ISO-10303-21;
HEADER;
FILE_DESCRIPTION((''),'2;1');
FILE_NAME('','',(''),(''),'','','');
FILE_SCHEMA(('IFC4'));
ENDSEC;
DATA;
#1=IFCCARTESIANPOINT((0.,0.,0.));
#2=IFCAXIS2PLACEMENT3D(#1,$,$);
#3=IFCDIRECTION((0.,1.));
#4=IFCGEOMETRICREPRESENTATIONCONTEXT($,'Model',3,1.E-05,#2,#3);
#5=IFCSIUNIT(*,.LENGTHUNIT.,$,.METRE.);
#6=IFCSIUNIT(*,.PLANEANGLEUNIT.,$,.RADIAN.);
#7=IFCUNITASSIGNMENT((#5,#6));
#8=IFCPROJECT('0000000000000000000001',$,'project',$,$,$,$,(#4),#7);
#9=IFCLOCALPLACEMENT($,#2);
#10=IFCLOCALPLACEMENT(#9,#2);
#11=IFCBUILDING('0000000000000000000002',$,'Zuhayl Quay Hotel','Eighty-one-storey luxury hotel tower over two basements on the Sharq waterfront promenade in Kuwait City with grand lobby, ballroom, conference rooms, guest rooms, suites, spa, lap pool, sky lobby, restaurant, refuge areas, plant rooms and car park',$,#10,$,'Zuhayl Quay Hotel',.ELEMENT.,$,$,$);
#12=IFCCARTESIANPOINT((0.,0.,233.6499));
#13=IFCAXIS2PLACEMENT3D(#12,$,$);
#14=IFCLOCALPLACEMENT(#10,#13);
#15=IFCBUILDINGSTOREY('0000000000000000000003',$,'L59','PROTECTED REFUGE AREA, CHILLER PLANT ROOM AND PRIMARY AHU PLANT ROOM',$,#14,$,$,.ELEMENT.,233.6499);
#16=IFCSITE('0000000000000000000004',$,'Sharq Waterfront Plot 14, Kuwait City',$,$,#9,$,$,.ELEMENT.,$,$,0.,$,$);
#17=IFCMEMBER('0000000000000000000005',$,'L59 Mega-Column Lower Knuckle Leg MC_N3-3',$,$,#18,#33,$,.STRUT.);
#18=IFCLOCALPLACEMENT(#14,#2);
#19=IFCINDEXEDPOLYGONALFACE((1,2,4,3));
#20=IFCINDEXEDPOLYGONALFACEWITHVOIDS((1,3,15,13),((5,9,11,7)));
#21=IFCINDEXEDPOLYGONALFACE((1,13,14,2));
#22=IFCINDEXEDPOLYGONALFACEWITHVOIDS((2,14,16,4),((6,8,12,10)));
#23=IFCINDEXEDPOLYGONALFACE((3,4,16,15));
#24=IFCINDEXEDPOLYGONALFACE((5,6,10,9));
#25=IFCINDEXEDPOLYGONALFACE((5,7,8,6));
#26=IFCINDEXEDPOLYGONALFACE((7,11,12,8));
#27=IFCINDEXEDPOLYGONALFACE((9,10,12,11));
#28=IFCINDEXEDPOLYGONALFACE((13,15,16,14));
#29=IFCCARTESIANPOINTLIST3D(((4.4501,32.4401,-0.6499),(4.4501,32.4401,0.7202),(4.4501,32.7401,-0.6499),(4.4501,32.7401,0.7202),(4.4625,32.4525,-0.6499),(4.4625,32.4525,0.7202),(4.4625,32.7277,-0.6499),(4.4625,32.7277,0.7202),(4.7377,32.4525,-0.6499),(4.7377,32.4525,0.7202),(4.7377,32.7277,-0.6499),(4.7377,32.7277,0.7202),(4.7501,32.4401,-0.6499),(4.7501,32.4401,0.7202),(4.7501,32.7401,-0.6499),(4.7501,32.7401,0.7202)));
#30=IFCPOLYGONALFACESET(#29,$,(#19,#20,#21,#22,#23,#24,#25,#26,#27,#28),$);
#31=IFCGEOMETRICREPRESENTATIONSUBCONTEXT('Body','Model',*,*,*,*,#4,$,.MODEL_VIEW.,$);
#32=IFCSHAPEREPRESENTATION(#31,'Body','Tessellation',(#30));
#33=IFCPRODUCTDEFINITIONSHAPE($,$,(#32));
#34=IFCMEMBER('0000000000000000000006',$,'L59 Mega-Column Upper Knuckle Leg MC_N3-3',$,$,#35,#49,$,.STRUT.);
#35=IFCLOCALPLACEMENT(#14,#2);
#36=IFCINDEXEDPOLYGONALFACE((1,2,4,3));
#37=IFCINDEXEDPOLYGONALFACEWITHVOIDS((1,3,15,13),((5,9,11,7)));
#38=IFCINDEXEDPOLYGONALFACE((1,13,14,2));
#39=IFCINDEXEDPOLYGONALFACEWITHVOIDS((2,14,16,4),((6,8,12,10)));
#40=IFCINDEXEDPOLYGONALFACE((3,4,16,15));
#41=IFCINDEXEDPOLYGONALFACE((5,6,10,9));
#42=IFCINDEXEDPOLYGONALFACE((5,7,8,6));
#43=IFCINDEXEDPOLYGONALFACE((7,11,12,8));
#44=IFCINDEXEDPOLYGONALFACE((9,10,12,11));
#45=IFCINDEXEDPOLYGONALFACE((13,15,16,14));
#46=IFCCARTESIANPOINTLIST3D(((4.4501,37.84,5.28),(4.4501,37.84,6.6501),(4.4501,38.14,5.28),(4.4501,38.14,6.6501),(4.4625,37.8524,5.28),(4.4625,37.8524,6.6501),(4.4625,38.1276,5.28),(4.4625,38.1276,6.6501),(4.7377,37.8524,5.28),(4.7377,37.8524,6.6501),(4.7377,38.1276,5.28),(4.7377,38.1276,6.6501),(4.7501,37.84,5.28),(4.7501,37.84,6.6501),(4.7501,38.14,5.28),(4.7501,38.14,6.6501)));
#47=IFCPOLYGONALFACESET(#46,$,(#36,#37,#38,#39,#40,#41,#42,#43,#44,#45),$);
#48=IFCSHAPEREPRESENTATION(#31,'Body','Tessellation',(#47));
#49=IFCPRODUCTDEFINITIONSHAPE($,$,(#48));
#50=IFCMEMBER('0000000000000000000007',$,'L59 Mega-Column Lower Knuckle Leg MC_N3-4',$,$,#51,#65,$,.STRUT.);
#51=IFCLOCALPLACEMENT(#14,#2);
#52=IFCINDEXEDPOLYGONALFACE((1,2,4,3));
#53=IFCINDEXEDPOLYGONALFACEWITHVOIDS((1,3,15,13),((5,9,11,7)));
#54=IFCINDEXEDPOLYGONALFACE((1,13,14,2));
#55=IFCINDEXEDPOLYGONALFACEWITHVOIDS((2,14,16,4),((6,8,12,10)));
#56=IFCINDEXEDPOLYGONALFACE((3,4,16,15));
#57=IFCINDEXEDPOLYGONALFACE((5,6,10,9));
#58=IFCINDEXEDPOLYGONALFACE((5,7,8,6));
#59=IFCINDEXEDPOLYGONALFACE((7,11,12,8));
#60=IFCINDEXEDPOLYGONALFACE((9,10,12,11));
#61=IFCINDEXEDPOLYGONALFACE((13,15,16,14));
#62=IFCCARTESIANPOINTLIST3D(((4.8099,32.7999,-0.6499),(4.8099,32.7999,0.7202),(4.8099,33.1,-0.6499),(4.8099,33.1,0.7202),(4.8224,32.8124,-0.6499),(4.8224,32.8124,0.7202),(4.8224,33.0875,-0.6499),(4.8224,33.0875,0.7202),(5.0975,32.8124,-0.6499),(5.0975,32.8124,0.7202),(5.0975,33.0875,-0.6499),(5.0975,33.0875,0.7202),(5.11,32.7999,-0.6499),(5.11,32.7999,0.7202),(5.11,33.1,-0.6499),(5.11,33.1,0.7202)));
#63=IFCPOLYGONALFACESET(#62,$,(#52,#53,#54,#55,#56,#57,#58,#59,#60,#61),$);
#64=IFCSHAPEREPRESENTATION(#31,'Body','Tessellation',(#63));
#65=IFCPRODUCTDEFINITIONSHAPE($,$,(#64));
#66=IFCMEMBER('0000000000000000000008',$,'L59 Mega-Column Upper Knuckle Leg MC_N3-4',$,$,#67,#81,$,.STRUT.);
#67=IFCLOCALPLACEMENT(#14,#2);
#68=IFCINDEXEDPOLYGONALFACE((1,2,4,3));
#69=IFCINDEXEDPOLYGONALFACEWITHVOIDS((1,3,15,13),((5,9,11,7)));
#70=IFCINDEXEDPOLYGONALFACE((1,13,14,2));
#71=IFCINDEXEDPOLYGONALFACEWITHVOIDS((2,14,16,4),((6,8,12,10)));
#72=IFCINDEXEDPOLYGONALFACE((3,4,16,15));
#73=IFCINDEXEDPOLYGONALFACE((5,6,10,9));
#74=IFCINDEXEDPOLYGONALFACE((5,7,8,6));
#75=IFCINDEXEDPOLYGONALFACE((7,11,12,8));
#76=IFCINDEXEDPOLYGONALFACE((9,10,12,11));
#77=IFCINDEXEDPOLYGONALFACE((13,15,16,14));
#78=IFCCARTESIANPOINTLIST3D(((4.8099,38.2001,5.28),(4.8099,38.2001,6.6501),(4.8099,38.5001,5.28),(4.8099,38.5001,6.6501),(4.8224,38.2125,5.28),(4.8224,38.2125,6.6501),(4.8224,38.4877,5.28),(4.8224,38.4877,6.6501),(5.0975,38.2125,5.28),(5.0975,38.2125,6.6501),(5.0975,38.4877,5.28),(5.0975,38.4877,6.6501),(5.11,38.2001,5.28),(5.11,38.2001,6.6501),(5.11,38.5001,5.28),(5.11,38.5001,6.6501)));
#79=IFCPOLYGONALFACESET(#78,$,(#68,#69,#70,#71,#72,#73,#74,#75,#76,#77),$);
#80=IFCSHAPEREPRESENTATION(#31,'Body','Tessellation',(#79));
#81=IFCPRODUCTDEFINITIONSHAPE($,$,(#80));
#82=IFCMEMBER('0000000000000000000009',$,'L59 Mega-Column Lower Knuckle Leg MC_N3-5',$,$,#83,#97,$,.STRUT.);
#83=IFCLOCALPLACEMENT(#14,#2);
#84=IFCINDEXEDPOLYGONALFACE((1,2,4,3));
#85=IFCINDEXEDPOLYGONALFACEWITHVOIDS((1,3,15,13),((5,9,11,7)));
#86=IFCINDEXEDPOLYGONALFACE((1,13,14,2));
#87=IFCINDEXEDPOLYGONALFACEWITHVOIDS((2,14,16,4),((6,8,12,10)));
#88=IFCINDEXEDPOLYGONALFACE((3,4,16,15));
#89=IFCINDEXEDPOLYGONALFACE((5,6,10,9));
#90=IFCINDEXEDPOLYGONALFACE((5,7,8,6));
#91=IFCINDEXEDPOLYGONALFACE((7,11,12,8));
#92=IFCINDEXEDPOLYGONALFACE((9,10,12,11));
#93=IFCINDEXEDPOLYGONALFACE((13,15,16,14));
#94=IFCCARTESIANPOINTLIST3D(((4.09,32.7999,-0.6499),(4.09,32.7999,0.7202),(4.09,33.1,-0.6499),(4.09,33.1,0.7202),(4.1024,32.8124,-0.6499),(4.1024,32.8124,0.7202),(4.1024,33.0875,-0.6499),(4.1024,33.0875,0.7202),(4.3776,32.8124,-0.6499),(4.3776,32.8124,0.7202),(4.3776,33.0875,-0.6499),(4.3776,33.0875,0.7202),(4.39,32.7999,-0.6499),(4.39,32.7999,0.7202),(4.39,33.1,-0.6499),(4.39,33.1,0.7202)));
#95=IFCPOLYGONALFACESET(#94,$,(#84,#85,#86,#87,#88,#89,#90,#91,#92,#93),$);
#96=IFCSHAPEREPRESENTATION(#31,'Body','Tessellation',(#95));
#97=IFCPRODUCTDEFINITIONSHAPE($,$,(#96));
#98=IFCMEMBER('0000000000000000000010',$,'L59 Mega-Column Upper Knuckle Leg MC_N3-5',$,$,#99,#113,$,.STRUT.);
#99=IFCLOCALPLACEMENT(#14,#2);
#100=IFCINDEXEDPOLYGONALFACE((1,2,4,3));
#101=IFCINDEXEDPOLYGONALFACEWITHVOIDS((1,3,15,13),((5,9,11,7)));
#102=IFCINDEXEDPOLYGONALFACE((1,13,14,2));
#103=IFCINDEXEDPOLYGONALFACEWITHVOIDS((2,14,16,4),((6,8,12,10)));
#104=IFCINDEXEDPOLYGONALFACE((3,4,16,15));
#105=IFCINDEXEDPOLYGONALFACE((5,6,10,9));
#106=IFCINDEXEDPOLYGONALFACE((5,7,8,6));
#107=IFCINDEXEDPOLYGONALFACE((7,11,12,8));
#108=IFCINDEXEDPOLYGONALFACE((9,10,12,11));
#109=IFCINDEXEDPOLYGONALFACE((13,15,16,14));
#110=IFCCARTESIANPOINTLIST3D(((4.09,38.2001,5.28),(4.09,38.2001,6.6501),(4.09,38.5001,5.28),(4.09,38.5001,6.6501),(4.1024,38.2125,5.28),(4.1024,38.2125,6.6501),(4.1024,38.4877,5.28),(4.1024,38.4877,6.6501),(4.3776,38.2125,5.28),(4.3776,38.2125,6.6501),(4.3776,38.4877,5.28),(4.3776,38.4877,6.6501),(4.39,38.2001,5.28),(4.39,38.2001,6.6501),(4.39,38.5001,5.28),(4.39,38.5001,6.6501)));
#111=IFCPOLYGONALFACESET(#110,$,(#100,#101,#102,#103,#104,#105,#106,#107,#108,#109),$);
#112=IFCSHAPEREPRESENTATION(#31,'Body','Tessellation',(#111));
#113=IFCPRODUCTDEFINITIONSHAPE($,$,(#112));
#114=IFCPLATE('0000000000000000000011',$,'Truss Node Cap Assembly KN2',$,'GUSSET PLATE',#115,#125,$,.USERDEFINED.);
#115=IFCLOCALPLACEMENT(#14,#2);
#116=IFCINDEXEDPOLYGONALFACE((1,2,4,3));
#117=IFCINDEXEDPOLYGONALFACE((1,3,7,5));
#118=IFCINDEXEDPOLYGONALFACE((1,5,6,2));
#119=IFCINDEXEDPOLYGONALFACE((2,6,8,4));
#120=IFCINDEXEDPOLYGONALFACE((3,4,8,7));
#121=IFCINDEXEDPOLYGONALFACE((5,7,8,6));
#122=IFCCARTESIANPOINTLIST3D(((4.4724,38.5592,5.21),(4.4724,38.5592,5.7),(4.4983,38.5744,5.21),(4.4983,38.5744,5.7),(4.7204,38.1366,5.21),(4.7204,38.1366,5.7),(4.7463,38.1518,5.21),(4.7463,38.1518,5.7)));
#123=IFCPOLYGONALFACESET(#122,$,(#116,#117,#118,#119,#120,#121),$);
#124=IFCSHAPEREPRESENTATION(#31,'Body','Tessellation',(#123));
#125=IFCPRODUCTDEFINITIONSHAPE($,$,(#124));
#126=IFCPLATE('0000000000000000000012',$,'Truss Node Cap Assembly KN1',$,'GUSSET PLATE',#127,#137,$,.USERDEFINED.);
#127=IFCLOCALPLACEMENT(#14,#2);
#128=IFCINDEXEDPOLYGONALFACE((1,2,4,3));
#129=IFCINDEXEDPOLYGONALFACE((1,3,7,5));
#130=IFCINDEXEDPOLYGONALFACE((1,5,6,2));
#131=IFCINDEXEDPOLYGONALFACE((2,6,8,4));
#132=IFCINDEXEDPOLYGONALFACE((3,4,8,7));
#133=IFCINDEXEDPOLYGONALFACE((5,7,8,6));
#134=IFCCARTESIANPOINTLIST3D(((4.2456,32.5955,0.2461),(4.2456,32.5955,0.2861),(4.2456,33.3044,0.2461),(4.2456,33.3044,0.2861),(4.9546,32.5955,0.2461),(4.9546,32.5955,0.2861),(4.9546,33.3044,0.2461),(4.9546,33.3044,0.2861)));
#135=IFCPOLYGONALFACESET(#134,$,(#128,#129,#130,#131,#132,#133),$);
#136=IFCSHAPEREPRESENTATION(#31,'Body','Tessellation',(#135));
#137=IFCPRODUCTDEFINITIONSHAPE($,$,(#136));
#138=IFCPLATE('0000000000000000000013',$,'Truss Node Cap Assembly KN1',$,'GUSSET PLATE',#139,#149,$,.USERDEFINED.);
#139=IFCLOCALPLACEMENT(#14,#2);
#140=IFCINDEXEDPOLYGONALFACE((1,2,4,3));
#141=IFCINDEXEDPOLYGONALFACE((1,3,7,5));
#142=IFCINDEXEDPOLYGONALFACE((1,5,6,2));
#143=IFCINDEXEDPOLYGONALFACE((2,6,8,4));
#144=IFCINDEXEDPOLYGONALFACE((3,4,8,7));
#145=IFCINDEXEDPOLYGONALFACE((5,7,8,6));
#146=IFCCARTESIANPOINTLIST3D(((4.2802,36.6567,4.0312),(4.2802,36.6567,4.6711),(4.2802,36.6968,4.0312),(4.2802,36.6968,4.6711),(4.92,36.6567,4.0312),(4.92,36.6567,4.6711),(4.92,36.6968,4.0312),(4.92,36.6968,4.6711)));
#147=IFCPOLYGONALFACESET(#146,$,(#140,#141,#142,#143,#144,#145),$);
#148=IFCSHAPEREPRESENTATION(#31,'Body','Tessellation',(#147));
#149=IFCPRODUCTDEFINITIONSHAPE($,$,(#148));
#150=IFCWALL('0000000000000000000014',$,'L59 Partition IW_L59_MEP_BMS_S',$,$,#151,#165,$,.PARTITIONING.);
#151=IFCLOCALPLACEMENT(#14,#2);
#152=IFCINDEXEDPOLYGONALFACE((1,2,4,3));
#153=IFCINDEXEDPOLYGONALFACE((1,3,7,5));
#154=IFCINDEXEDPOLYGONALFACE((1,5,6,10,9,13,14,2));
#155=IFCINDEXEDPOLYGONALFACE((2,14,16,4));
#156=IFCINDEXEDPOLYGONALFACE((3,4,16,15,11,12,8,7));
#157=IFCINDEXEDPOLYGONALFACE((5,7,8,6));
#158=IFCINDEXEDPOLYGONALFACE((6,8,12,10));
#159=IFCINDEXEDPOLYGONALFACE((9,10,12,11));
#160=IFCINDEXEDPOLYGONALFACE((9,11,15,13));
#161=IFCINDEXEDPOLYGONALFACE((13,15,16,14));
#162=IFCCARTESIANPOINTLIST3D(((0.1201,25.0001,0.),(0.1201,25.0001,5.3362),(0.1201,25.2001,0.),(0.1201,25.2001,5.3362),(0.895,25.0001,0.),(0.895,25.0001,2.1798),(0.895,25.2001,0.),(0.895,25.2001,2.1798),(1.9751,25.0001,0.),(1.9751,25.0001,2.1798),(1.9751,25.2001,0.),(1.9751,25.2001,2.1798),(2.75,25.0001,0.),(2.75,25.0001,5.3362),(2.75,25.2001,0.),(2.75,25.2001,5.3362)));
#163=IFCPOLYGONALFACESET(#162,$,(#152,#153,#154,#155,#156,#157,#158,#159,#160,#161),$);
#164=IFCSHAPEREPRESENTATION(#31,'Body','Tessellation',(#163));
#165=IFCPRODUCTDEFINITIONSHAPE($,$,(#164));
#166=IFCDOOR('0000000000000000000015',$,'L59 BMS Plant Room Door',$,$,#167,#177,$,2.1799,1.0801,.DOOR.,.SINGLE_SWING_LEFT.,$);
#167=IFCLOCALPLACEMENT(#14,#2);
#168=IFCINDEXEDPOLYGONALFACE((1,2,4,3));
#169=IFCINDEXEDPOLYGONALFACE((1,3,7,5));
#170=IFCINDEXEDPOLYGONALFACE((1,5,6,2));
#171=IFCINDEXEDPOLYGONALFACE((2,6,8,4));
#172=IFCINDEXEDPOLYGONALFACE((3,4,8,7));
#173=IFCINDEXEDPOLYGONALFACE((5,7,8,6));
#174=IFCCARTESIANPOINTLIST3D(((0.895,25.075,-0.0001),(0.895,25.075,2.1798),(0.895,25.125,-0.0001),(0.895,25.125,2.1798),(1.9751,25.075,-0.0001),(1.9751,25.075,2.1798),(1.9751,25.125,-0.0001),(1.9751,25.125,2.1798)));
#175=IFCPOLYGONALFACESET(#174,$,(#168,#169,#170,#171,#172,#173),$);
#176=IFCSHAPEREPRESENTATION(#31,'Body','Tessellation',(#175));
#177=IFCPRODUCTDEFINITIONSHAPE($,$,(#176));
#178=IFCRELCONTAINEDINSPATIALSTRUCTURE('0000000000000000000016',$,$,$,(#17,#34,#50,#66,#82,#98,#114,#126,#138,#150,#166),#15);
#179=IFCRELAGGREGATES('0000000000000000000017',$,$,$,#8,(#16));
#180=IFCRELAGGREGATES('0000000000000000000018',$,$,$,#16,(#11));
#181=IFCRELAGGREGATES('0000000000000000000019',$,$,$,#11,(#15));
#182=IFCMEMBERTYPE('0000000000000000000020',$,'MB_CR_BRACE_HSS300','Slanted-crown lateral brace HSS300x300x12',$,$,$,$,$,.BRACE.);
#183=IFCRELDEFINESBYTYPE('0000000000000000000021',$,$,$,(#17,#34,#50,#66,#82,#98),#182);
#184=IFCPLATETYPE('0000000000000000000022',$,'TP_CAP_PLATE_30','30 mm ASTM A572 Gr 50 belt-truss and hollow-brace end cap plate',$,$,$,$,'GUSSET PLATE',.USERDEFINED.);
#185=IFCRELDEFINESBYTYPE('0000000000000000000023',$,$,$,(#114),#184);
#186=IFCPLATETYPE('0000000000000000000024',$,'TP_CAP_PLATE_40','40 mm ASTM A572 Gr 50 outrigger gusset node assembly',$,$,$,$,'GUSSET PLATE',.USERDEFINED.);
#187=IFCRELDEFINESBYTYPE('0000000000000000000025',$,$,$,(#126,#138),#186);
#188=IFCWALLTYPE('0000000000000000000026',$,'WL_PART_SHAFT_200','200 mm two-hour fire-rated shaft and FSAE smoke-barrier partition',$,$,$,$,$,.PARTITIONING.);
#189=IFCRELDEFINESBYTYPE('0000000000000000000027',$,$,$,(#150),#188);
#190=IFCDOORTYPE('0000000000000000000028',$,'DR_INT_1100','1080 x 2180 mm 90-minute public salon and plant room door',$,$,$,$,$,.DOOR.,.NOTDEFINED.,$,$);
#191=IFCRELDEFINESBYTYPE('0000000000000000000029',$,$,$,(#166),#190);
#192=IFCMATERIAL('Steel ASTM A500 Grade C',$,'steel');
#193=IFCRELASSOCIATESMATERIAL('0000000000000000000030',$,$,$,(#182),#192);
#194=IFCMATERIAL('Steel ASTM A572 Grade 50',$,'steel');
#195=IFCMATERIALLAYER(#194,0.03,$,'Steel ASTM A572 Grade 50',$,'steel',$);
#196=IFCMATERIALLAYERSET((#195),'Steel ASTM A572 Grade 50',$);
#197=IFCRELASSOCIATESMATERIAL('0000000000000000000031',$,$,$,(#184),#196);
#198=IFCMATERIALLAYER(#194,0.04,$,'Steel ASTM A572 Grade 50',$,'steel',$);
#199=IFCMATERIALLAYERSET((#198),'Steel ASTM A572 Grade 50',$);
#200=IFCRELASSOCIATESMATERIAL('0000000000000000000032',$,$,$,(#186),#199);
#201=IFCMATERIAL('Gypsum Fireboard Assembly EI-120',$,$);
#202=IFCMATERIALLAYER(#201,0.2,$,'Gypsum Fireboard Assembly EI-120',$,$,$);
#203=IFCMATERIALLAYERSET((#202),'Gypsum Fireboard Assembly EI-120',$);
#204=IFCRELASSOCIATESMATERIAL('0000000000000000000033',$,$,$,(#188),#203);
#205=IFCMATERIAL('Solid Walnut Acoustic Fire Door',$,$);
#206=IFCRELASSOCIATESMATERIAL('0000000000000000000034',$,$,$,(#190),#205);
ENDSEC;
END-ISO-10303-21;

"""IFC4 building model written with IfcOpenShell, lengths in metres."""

from ifc_helpers import new_model, si_unit, direction, frame, frame_2d, origin, origin_2d, place, context, subcontext, project, spatial, rectangle, hollow_rectangle, extrude, material, layer, layer_set, material_profile, profile_set, type_object, element, fill, save


model = new_model("IFC4")

# Units and contexts
model_context = context("Model", 3, precision=1e-05, world=origin(), true_north=direction((0.0, 1.0)))
body_context = subcontext(model_context, "Body", "Model", "MODEL_VIEW")
ifc_project = project(units=[si_unit("LENGTHUNIT", "METRE"), si_unit("PLANEANGLEUNIT", "RADIAN")], contexts=[model_context])

# Site, building, storey
site_placement = place(None, origin())
site = spatial("IfcSite", under=ifc_project, at=site_placement, Name="Sharq Waterfront Plot 14, Kuwait City", CompositionType="ELEMENT", RefElevation=0.0)
building_placement = place(site_placement, origin())
building = spatial("IfcBuilding", under=site, at=building_placement, Name="Zuhayl Quay Hotel", Description="Eighty-one-storey luxury hotel tower over two basements on the Sharq waterfront promenade in Kuwait City with grand lobby, ballroom, conference rooms, guest rooms, suites, spa, lap pool, sky lobby, restaurant, refuge areas, plant rooms and car park", LongName="Zuhayl Quay Hotel", CompositionType="ELEMENT")
storey_placement = place(building_placement, frame((0.0, 0.0, 233.6499)))
storey = spatial("IfcBuildingStorey", under=building, at=storey_placement, Name="L59", Description="PROTECTED REFUGE AREA, CHILLER PLANT ROOM AND PRIMARY AHU PLANT ROOM", CompositionType="ELEMENT", Elevation=233.6499)

# Members
ifc_material_1 = material(Name="Steel ASTM A500 Grade C", Category="steel")
ifc_material_profile_1 = material_profile(ifc_material_1, hollow_rectangle(XDim=0.3, YDim=0.3, WallThickness=0.0125, at=origin_2d()), Name="HSS300X300X12")
ifc_profile_set_1 = profile_set([ifc_material_profile_1], Name="Steel ASTM A500 Grade C")
member_type_1 = type_object("IfcMemberType", Name="MB_CR_BRACE_HSS300", Description="Slanted-crown lateral brace HSS300x300x12", PredefinedType="BRACE", material=ifc_profile_set_1)
for number, where, z_axis, x_axis, name in (
    (1, (4.6001, 32.5901, -0.6499), (0.0, 0.0, 1.0), (1.0, 0.0, 0.0), "L59 Mega-Column Lower Knuckle Leg MC_N3-3"),
    (2, (4.6001, 37.99, 5.28), (0.0, 0.0, 1.0), (1.0, 0.0, 0.0), "L59 Mega-Column Upper Knuckle Leg MC_N3-3"),
    (3, (4.96, 32.95, -0.6499), (0.0, 0.0, 1.0), (1.0, 0.0, 0.0), "L59 Mega-Column Lower Knuckle Leg MC_N3-4"),
    (4, (4.96, 38.3501, 5.28), (0.0, 0.0, 1.0), (1.0, 0.0, 0.0), "L59 Mega-Column Upper Knuckle Leg MC_N3-4"),
    (5, (4.24, 32.95, -0.6499), (0.0, 0.0, 1.0), (1.0, 0.0, 0.0), "L59 Mega-Column Lower Knuckle Leg MC_N3-5"),
    (6, (4.24, 38.3501, 5.28), (0.0, 0.0, 1.0), (1.0, 0.0, 0.0), "L59 Mega-Column Upper Knuckle Leg MC_N3-5"),
):
    element("IfcMember", number, at=place(storey_placement, frame(where, z_axis=z_axis, x_axis=x_axis)), inside=storey, type_object=member_type_1, Name=name, PredefinedType="STRUT", context=body_context, shape_type="SweptSolid", body=[
        extrude(hollow_rectangle(XDim=0.3, YDim=0.3, WallThickness=0.0125, at=origin_2d()), origin(), (0.0, 0.0, 1.0), 1.3701),
    ])

# Plates
ifc_material_2 = material(Name="Steel ASTM A572 Grade 50", Category="steel")
ifc_layer_1 = layer(ifc_material_2, 0.03, Name="Steel ASTM A572 Grade 50", Category="steel")
ifc_layer_set_1 = layer_set([ifc_layer_1], Name="Steel ASTM A572 Grade 50")
plate_type_1 = type_object("IfcPlateType", Name="TP_CAP_PLATE_30", Description="30 mm ASTM A572 Gr 50 belt-truss and hollow-brace end cap plate", ElementType="GUSSET PLATE", PredefinedType="USERDEFINED", material=ifc_layer_set_1)
plate_1_placement = place(storey_placement, frame((4.6094, 38.3555, 5.21), z_axis=(0.0, 0.0, 1.0), x_axis=(0.862425, 0.506184, 0.0)))
element("IfcPlate", 7, at=plate_1_placement, inside=storey, type_object=plate_type_1, Name="Truss Node Cap Assembly KN2", ObjectType="GUSSET PLATE", PredefinedType="USERDEFINED", context=body_context, shape_type="SweptSolid", body=[
    extrude(rectangle(XDim=0.03, YDim=0.49, at=origin_2d()), origin(), (0.0, 0.0, 1.0), 0.49),
])
ifc_layer_2 = layer(ifc_material_2, 0.04, Name="Steel ASTM A572 Grade 50", Category="steel")
ifc_layer_set_2 = layer_set([ifc_layer_2], Name="Steel ASTM A572 Grade 50")
plate_type_2 = type_object("IfcPlateType", Name="TP_CAP_PLATE_40", Description="40 mm ASTM A572 Gr 50 outrigger gusset node assembly", ElementType="GUSSET PLATE", PredefinedType="USERDEFINED", material=ifc_layer_set_2)
plate_2_placement = place(storey_placement, frame((4.6001, 32.95, 0.2461), z_axis=(0.0, 0.0, 1.0), x_axis=(1.0, 0.0, 0.0)))
element("IfcPlate", 8, at=plate_2_placement, inside=storey, type_object=plate_type_2, Name="Truss Node Cap Assembly KN1", ObjectType="GUSSET PLATE", PredefinedType="USERDEFINED", context=body_context, shape_type="SweptSolid", body=[
    extrude(rectangle(XDim=0.709, YDim=0.709, at=origin_2d()), origin(), (0.0, 0.0, 1.0), 0.04),
])
plate_3_placement = place(storey_placement, frame((4.6001, 36.6768, 4.0312), z_axis=(0.0, 0.0, 1.0), x_axis=(0.0, 1.0, 0.0)))
element("IfcPlate", 9, at=plate_3_placement, inside=storey, type_object=plate_type_2, Name="Truss Node Cap Assembly KN1", ObjectType="GUSSET PLATE", PredefinedType="USERDEFINED", context=body_context, shape_type="SweptSolid", body=[
    extrude(rectangle(XDim=0.04, YDim=0.6399, at=origin_2d()), origin(), (0.0, 0.0, 1.0), 0.6399),
])

# Wall, opening, door
ifc_material_3 = material(Name="Gypsum Fireboard Assembly EI-120")
ifc_layer_3 = layer(ifc_material_3, 0.2, Name="Gypsum Fireboard Assembly EI-120")
ifc_layer_set_3 = layer_set([ifc_layer_3], Name="Gypsum Fireboard Assembly EI-120")
wall_type = type_object("IfcWallType", Name="WL_PART_SHAFT_200", Description="200 mm two-hour fire-rated shaft and FSAE smoke-barrier partition", PredefinedType="PARTITIONING", material=ifc_layer_set_3)
wall_1_placement = place(storey_placement, frame((0.1201, 25.1001, 0.0), z_axis=(0.0, 0.0, 1.0), x_axis=(1.0, 0.0, 0.0)))
wall_1 = element("IfcWall", 10, at=wall_1_placement, inside=storey, type_object=wall_type, Name="L59 Partition IW_L59_MEP_BMS_S", PredefinedType="PARTITIONING", context=body_context, shape_type="SweptSolid", body=[
    extrude(rectangle(XDim=2.6299, YDim=0.2, at=frame_2d((1.3149, 0.0))), origin(), (0.0, 0.0, 1.0), 5.3362),
])
opening_1_placement = place(wall_1_placement, frame((0.7749, 0.0, 0.0)))
opening_1 = element("IfcOpeningElement", 11, at=opening_1_placement, cuts=wall_1, PredefinedType="OPENING", context=body_context, shape_type="SweptSolid", body=[
    extrude(rectangle(XDim=1.0801, YDim=2.1799, at=frame_2d((0.54, 1.0898))), frame((0.0, 0.1099, 0.0), z_axis=(0.0, -1.0, 0.0), x_axis=(1.0, 0.0, 0.0)), (0.0, 0.0, 1.0), 0.22),
])
ifc_material_4 = material(Name="Solid Walnut Acoustic Fire Door")
door_type = type_object("IfcDoorType", Name="DR_INT_1100", Description="1080 x 2180 mm 90-minute public salon and plant room door", OperationType="NOTDEFINED", PredefinedType="DOOR", material=ifc_material_4)
door_1_placement = place(opening_1_placement, origin())
door_1 = element("IfcDoor", 12, at=door_1_placement, inside=storey, type_object=door_type, Name="L59 BMS Plant Room Door", OperationType="SINGLE_SWING_LEFT", OverallHeight=2.1799, OverallWidth=1.0801, PredefinedType="DOOR", context=body_context, shape_type="SweptSolid", body=[
    extrude(rectangle(XDim=1.0801, YDim=2.1799, at=frame_2d((0.54, 1.0898))), frame((0.0, 0.0249, 0.0), z_axis=(0.0, -1.0, 0.0), x_axis=(1.0, 0.0, 0.0)), (0.0, 0.0, 1.0), 0.05),
])
fill(opening_1, door_1)

save(model, "model.ifc")
